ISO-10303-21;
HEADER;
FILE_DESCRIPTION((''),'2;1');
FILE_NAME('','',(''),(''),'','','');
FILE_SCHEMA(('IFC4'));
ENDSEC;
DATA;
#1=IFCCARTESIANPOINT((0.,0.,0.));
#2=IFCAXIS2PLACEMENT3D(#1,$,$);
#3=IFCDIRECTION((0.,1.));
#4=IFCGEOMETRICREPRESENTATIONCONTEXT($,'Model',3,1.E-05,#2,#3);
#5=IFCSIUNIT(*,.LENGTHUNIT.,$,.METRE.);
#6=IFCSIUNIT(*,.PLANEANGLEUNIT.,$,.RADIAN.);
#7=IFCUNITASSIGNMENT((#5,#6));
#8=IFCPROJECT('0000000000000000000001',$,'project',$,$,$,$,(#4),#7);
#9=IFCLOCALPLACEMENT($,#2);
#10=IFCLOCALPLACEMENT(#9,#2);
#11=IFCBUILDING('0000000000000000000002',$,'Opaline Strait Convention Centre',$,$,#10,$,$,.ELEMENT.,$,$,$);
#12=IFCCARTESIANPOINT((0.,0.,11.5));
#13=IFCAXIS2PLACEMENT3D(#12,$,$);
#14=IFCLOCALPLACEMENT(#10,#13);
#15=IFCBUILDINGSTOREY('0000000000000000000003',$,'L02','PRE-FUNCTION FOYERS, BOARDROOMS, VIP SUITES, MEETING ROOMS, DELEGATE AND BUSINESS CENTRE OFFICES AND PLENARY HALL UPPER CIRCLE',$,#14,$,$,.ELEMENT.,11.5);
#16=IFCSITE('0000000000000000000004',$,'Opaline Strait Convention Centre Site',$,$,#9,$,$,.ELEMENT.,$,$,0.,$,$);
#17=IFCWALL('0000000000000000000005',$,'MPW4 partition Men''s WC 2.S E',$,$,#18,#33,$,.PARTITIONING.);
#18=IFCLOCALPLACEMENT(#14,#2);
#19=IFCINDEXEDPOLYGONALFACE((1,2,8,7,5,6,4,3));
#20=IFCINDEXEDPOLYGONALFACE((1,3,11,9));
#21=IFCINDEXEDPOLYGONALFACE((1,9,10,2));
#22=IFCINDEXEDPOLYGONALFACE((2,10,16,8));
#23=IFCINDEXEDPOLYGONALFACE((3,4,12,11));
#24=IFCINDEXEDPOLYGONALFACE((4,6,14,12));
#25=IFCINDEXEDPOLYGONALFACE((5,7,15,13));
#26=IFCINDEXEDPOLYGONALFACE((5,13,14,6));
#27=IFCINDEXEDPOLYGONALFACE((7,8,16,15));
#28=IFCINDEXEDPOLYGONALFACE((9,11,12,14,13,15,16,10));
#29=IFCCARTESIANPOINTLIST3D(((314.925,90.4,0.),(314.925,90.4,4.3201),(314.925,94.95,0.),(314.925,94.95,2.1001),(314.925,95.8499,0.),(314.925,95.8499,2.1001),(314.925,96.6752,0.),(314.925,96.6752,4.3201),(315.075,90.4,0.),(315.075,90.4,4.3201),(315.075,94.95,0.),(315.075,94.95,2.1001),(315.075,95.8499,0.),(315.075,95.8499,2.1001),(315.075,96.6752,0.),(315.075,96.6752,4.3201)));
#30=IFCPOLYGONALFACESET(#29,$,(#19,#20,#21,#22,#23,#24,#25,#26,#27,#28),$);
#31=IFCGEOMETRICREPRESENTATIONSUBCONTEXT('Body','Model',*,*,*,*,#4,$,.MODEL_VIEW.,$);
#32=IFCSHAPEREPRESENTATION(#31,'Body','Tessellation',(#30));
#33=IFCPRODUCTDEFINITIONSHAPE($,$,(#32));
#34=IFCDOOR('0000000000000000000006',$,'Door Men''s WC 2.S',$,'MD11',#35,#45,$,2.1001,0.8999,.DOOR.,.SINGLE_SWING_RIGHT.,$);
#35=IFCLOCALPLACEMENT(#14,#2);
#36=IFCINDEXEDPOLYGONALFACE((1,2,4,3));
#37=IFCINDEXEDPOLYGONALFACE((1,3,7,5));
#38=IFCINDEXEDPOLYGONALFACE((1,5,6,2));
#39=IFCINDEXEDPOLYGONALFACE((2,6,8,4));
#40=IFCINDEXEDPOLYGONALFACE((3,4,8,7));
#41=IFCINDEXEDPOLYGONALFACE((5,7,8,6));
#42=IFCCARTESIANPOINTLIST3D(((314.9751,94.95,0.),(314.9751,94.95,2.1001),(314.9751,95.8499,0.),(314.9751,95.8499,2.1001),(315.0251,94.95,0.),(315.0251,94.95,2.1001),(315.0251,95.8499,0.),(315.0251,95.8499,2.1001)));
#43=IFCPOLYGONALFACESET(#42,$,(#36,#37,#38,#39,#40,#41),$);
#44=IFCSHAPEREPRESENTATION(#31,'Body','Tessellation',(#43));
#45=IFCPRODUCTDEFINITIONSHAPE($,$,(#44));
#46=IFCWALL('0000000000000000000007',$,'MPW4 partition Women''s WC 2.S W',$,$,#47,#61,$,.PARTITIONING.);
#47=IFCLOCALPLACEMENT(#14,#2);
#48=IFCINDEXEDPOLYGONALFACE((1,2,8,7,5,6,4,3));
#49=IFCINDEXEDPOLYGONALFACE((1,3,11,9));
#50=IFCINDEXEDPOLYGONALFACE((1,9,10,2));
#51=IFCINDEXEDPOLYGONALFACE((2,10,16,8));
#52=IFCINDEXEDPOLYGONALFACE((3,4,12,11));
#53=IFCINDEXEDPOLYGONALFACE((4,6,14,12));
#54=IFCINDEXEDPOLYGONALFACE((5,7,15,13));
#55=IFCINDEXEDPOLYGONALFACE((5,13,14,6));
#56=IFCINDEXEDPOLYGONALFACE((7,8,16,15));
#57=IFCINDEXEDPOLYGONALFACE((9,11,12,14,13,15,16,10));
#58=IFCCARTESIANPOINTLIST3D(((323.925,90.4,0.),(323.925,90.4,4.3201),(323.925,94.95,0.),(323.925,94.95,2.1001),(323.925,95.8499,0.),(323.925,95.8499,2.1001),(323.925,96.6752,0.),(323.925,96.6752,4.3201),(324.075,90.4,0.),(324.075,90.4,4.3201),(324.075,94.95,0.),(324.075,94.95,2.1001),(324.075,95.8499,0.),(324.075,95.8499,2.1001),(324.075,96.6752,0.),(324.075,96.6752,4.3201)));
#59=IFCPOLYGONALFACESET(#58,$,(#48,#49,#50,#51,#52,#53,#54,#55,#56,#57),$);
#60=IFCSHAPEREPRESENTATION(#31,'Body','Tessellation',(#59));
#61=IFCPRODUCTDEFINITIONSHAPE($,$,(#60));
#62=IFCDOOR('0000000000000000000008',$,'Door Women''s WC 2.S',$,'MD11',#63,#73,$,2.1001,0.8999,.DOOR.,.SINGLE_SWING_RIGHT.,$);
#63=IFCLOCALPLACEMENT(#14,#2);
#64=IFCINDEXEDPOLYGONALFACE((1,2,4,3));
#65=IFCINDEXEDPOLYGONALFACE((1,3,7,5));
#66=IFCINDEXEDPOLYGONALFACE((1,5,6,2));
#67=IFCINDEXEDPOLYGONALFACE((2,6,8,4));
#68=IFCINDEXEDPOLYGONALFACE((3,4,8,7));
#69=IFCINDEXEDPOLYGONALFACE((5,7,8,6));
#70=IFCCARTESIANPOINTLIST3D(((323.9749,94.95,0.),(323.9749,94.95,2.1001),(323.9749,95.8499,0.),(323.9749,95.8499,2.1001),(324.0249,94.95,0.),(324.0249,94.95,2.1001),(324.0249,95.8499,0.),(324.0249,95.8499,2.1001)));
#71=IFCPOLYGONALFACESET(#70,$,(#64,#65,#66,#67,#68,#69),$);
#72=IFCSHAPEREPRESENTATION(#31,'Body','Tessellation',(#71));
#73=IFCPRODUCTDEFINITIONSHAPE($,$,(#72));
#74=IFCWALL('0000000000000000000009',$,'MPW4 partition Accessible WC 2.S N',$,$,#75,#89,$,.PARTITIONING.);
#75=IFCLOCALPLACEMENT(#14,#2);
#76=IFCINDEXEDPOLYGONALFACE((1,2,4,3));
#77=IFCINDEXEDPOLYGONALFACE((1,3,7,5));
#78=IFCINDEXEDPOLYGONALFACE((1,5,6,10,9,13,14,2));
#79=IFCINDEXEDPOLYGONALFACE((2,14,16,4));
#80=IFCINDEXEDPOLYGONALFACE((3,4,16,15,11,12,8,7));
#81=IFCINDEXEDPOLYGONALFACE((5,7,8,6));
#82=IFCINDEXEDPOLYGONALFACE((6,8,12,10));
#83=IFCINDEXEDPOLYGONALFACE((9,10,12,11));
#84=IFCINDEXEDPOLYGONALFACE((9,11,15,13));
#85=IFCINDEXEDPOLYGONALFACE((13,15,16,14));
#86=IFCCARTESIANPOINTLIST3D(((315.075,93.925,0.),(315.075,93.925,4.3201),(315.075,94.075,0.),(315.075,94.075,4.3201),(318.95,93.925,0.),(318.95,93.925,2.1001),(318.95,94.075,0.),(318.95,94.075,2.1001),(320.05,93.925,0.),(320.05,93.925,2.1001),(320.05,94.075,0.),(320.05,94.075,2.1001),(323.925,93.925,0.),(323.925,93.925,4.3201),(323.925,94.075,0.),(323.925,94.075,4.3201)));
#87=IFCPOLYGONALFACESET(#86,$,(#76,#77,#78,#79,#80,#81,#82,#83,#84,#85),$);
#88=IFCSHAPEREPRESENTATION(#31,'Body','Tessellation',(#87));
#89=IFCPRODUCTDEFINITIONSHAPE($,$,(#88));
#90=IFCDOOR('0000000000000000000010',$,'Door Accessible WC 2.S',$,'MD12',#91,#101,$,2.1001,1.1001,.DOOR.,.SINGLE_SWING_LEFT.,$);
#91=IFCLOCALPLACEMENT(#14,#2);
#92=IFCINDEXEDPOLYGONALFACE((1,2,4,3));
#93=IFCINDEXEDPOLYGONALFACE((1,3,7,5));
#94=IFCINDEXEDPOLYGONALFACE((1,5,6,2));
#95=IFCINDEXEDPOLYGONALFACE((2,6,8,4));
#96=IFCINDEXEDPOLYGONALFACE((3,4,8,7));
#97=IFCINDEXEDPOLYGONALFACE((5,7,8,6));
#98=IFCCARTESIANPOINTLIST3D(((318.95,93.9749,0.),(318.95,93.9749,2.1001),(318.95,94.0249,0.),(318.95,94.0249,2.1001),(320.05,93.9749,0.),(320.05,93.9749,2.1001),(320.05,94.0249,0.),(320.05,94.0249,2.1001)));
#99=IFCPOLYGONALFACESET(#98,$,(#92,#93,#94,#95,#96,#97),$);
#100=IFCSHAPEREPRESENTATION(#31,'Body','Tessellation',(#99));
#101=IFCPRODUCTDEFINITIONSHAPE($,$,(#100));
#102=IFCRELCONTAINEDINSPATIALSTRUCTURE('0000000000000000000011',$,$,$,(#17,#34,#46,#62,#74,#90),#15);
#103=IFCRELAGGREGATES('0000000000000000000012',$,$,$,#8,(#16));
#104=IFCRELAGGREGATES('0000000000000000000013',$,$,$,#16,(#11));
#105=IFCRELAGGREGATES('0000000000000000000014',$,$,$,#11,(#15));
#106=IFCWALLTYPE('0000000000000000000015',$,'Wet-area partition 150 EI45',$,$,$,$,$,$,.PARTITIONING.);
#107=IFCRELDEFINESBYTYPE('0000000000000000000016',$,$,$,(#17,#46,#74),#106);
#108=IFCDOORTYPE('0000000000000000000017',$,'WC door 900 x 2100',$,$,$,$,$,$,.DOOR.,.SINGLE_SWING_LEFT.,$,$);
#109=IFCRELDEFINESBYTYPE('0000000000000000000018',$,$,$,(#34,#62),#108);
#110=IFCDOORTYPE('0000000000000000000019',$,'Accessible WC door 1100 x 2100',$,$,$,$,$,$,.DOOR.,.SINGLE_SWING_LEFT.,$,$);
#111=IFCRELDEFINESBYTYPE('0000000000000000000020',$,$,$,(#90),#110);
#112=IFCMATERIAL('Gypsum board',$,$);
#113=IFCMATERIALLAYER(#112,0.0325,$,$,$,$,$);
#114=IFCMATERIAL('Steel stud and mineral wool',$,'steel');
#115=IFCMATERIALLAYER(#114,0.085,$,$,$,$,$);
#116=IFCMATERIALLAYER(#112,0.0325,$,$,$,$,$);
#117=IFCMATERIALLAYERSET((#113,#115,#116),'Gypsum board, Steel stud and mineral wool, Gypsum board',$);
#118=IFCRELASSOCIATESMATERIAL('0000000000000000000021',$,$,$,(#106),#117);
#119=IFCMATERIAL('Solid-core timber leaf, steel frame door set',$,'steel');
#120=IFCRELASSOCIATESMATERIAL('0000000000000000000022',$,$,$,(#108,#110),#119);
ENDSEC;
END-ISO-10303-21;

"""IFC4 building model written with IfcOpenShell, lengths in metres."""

from ifc_helpers import new_model, si_unit, direction, frame, frame_2d, origin, place, context, subcontext, project, spatial, rectangle, extrude, material, layer, layer_set, type_object, element, fill, save


model = new_model("IFC4")

# Units and contexts
model_context = context("Model", 3, precision=1e-05, world=origin(), true_north=direction((0.0, 1.0)))
body_context = subcontext(model_context, "Body", "Model", "MODEL_VIEW")
ifc_project = project(units=[si_unit("LENGTHUNIT", "METRE"), si_unit("PLANEANGLEUNIT", "RADIAN")], contexts=[model_context])

# Site, building, storey
site_placement = place(None, origin())
site = spatial("IfcSite", under=ifc_project, at=site_placement, Name="Opaline Strait Convention Centre Site", CompositionType="ELEMENT", RefElevation=0.0)
building_placement = place(site_placement, origin())
building = spatial("IfcBuilding", under=site, at=building_placement, Name="Opaline Strait Convention Centre", CompositionType="ELEMENT")
storey_placement = place(building_placement, frame((0.0, 0.0, 11.5)))
storey = spatial("IfcBuildingStorey", under=building, at=storey_placement, Name="L02", Description="PRE-FUNCTION FOYERS, BOARDROOMS, VIP SUITES, MEETING ROOMS, DELEGATE AND BUSINESS CENTRE OFFICES AND PLENARY HALL UPPER CIRCLE", CompositionType="ELEMENT", Elevation=11.5)

# Shared definitions
ifc_material_1 = material(Name="Gypsum board")
ifc_material_2 = material(Name="Steel stud and mineral wool", Category="steel")

# Shared definitions
ifc_material_3 = material(Name="Solid-core timber leaf, steel frame door set", Category="steel")

# Walls, openings, doors
ifc_layer_1 = layer(ifc_material_1, 0.0325)
ifc_layer_2 = layer(ifc_material_2, 0.085)
ifc_layer_3 = layer(ifc_material_1, 0.0325)
ifc_layer_set_1 = layer_set([ifc_layer_1, ifc_layer_2, ifc_layer_3], Name="Gypsum board, Steel stud and mineral wool, Gypsum board")
wall_type_1 = type_object("IfcWallType", Name="Wet-area partition 150 EI45", PredefinedType="PARTITIONING", material=ifc_layer_set_1)
wall_1_placement = place(storey_placement, frame((315.0, 90.3999, 0.0), z_axis=(0.0, 0.0, 1.0), x_axis=(0.0, 1.0, 0.0)))
wall_1 = element("IfcWall", 1, at=wall_1_placement, inside=storey, type_object=wall_type_1, Name="MPW4 partition Men's WC 2.S E", PredefinedType="PARTITIONING", context=body_context, shape_type="SweptSolid", body=[
    extrude(rectangle(XDim=6.2751, YDim=0.1499, at=frame_2d((3.1377, 0.0))), origin(), (0.0, 0.0, 1.0), 4.3201),
])
opening_1_placement = place(wall_1_placement, frame((4.55, 0.0, 0.0)))
opening_1 = element("IfcOpeningElement", 2, at=opening_1_placement, cuts=wall_1, PredefinedType="OPENING", context=body_context, shape_type="SweptSolid", body=[
    extrude(rectangle(XDim=0.8999, YDim=2.1001, at=frame_2d((0.45, 1.05))), frame((0.0, 0.085, 0.0), z_axis=(0.0, -1.0, 0.0), x_axis=(1.0, 0.0, 0.0)), (0.0, 0.0, 1.0), 0.1699),
])
door_type_1 = type_object("IfcDoorType", Name="WC door 900 x 2100", OperationType="SINGLE_SWING_LEFT", PredefinedType="DOOR", material=ifc_material_3)
door_1_placement = place(opening_1_placement, origin())
door_1 = element("IfcDoor", 3, at=door_1_placement, inside=storey, type_object=door_type_1, Name="Door Men's WC 2.S", ObjectType="MD11", OperationType="SINGLE_SWING_RIGHT", OverallHeight=2.1001, OverallWidth=0.8999, PredefinedType="DOOR", context=body_context, shape_type="SweptSolid", body=[
    extrude(rectangle(XDim=0.8999, YDim=2.1001, at=frame_2d((0.45, 1.05))), frame((0.0, 0.0249, 0.0), z_axis=(0.0, -1.0, 0.0), x_axis=(1.0, 0.0, 0.0)), (0.0, 0.0, 1.0), 0.05),
])
fill(opening_1, door_1)
wall_2_placement = place(storey_placement, frame((324.0, 90.3999, 0.0), z_axis=(0.0, 0.0, 1.0), x_axis=(0.0, 1.0, 0.0)))
wall_2 = element("IfcWall", 4, at=wall_2_placement, inside=storey, type_object=wall_type_1, Name="MPW4 partition Women's WC 2.S W", PredefinedType="PARTITIONING", context=body_context, shape_type="SweptSolid", body=[
    extrude(rectangle(XDim=6.2751, YDim=0.1499, at=frame_2d((3.1377, 0.0))), origin(), (0.0, 0.0, 1.0), 4.3201),
])
opening_2_placement = place(wall_2_placement, frame((4.55, 0.0, 0.0)))
opening_2 = element("IfcOpeningElement", 5, at=opening_2_placement, cuts=wall_2, PredefinedType="OPENING", context=body_context, shape_type="SweptSolid", body=[
    extrude(rectangle(XDim=0.8999, YDim=2.1001, at=frame_2d((0.45, 1.05))), frame((0.0, 0.085, 0.0), z_axis=(0.0, -1.0, 0.0), x_axis=(1.0, 0.0, 0.0)), (0.0, 0.0, 1.0), 0.1699),
])
door_2_placement = place(opening_2_placement, frame((0.8999, 0.0, 0.0), z_axis=(0.0, 0.0, 1.0), x_axis=(-1.0, 0.0, 0.0)))
door_2 = element("IfcDoor", 6, at=door_2_placement, inside=storey, type_object=door_type_1, Name="Door Women's WC 2.S", ObjectType="MD11", OperationType="SINGLE_SWING_RIGHT", OverallHeight=2.1001, OverallWidth=0.8999, PredefinedType="DOOR", context=body_context, shape_type="SweptSolid", body=[
    extrude(rectangle(XDim=0.8999, YDim=2.1001, at=frame_2d((0.45, 1.05))), frame((0.0, 0.0249, 0.0), z_axis=(0.0, -1.0, 0.0), x_axis=(1.0, 0.0, 0.0)), (0.0, 0.0, 1.0), 0.05),
])
fill(opening_2, door_2)
wall_3_placement = place(storey_placement, frame((315.075, 94.0, 0.0), z_axis=(0.0, 0.0, 1.0), x_axis=(1.0, 0.0, 0.0)))
wall_3 = element("IfcWall", 7, at=wall_3_placement, inside=storey, type_object=wall_type_1, Name="MPW4 partition Accessible WC 2.S N", PredefinedType="PARTITIONING", context=body_context, shape_type="SweptSolid", body=[
    extrude(rectangle(XDim=8.8501, YDim=0.1499, at=frame_2d((4.425, 0.0))), origin(), (0.0, 0.0, 1.0), 4.3201),
])
opening_3_placement = place(wall_3_placement, frame((3.875, 0.0, 0.0)))
opening_3 = element("IfcOpeningElement", 8, at=opening_3_placement, cuts=wall_3, PredefinedType="OPENING", context=body_context, shape_type="SweptSolid", body=[
    extrude(rectangle(XDim=1.1001, YDim=2.1001, at=frame_2d((0.55, 1.05))), frame((0.0, 0.085, 0.0), z_axis=(0.0, -1.0, 0.0), x_axis=(1.0, 0.0, 0.0)), (0.0, 0.0, 1.0), 0.1699),
])
door_type_2 = type_object("IfcDoorType", Name="Accessible WC door 1100 x 2100", OperationType="SINGLE_SWING_LEFT", PredefinedType="DOOR", material=ifc_material_3)
door_3_placement = place(opening_3_placement, origin())
door_3 = element("IfcDoor", 9, at=door_3_placement, inside=storey, type_object=door_type_2, Name="Door Accessible WC 2.S", ObjectType="MD12", OperationType="SINGLE_SWING_LEFT", OverallHeight=2.1001, OverallWidth=1.1001, PredefinedType="DOOR", context=body_context, shape_type="SweptSolid", body=[
    extrude(rectangle(XDim=1.1001, YDim=2.1001, at=frame_2d((0.55, 1.05))), frame((0.0, 0.0249, 0.0), z_axis=(0.0, -1.0, 0.0), x_axis=(1.0, 0.0, 0.0)), (0.0, 0.0, 1.0), 0.05),
])
fill(opening_3, door_3)

save(model, "model.ifc")
